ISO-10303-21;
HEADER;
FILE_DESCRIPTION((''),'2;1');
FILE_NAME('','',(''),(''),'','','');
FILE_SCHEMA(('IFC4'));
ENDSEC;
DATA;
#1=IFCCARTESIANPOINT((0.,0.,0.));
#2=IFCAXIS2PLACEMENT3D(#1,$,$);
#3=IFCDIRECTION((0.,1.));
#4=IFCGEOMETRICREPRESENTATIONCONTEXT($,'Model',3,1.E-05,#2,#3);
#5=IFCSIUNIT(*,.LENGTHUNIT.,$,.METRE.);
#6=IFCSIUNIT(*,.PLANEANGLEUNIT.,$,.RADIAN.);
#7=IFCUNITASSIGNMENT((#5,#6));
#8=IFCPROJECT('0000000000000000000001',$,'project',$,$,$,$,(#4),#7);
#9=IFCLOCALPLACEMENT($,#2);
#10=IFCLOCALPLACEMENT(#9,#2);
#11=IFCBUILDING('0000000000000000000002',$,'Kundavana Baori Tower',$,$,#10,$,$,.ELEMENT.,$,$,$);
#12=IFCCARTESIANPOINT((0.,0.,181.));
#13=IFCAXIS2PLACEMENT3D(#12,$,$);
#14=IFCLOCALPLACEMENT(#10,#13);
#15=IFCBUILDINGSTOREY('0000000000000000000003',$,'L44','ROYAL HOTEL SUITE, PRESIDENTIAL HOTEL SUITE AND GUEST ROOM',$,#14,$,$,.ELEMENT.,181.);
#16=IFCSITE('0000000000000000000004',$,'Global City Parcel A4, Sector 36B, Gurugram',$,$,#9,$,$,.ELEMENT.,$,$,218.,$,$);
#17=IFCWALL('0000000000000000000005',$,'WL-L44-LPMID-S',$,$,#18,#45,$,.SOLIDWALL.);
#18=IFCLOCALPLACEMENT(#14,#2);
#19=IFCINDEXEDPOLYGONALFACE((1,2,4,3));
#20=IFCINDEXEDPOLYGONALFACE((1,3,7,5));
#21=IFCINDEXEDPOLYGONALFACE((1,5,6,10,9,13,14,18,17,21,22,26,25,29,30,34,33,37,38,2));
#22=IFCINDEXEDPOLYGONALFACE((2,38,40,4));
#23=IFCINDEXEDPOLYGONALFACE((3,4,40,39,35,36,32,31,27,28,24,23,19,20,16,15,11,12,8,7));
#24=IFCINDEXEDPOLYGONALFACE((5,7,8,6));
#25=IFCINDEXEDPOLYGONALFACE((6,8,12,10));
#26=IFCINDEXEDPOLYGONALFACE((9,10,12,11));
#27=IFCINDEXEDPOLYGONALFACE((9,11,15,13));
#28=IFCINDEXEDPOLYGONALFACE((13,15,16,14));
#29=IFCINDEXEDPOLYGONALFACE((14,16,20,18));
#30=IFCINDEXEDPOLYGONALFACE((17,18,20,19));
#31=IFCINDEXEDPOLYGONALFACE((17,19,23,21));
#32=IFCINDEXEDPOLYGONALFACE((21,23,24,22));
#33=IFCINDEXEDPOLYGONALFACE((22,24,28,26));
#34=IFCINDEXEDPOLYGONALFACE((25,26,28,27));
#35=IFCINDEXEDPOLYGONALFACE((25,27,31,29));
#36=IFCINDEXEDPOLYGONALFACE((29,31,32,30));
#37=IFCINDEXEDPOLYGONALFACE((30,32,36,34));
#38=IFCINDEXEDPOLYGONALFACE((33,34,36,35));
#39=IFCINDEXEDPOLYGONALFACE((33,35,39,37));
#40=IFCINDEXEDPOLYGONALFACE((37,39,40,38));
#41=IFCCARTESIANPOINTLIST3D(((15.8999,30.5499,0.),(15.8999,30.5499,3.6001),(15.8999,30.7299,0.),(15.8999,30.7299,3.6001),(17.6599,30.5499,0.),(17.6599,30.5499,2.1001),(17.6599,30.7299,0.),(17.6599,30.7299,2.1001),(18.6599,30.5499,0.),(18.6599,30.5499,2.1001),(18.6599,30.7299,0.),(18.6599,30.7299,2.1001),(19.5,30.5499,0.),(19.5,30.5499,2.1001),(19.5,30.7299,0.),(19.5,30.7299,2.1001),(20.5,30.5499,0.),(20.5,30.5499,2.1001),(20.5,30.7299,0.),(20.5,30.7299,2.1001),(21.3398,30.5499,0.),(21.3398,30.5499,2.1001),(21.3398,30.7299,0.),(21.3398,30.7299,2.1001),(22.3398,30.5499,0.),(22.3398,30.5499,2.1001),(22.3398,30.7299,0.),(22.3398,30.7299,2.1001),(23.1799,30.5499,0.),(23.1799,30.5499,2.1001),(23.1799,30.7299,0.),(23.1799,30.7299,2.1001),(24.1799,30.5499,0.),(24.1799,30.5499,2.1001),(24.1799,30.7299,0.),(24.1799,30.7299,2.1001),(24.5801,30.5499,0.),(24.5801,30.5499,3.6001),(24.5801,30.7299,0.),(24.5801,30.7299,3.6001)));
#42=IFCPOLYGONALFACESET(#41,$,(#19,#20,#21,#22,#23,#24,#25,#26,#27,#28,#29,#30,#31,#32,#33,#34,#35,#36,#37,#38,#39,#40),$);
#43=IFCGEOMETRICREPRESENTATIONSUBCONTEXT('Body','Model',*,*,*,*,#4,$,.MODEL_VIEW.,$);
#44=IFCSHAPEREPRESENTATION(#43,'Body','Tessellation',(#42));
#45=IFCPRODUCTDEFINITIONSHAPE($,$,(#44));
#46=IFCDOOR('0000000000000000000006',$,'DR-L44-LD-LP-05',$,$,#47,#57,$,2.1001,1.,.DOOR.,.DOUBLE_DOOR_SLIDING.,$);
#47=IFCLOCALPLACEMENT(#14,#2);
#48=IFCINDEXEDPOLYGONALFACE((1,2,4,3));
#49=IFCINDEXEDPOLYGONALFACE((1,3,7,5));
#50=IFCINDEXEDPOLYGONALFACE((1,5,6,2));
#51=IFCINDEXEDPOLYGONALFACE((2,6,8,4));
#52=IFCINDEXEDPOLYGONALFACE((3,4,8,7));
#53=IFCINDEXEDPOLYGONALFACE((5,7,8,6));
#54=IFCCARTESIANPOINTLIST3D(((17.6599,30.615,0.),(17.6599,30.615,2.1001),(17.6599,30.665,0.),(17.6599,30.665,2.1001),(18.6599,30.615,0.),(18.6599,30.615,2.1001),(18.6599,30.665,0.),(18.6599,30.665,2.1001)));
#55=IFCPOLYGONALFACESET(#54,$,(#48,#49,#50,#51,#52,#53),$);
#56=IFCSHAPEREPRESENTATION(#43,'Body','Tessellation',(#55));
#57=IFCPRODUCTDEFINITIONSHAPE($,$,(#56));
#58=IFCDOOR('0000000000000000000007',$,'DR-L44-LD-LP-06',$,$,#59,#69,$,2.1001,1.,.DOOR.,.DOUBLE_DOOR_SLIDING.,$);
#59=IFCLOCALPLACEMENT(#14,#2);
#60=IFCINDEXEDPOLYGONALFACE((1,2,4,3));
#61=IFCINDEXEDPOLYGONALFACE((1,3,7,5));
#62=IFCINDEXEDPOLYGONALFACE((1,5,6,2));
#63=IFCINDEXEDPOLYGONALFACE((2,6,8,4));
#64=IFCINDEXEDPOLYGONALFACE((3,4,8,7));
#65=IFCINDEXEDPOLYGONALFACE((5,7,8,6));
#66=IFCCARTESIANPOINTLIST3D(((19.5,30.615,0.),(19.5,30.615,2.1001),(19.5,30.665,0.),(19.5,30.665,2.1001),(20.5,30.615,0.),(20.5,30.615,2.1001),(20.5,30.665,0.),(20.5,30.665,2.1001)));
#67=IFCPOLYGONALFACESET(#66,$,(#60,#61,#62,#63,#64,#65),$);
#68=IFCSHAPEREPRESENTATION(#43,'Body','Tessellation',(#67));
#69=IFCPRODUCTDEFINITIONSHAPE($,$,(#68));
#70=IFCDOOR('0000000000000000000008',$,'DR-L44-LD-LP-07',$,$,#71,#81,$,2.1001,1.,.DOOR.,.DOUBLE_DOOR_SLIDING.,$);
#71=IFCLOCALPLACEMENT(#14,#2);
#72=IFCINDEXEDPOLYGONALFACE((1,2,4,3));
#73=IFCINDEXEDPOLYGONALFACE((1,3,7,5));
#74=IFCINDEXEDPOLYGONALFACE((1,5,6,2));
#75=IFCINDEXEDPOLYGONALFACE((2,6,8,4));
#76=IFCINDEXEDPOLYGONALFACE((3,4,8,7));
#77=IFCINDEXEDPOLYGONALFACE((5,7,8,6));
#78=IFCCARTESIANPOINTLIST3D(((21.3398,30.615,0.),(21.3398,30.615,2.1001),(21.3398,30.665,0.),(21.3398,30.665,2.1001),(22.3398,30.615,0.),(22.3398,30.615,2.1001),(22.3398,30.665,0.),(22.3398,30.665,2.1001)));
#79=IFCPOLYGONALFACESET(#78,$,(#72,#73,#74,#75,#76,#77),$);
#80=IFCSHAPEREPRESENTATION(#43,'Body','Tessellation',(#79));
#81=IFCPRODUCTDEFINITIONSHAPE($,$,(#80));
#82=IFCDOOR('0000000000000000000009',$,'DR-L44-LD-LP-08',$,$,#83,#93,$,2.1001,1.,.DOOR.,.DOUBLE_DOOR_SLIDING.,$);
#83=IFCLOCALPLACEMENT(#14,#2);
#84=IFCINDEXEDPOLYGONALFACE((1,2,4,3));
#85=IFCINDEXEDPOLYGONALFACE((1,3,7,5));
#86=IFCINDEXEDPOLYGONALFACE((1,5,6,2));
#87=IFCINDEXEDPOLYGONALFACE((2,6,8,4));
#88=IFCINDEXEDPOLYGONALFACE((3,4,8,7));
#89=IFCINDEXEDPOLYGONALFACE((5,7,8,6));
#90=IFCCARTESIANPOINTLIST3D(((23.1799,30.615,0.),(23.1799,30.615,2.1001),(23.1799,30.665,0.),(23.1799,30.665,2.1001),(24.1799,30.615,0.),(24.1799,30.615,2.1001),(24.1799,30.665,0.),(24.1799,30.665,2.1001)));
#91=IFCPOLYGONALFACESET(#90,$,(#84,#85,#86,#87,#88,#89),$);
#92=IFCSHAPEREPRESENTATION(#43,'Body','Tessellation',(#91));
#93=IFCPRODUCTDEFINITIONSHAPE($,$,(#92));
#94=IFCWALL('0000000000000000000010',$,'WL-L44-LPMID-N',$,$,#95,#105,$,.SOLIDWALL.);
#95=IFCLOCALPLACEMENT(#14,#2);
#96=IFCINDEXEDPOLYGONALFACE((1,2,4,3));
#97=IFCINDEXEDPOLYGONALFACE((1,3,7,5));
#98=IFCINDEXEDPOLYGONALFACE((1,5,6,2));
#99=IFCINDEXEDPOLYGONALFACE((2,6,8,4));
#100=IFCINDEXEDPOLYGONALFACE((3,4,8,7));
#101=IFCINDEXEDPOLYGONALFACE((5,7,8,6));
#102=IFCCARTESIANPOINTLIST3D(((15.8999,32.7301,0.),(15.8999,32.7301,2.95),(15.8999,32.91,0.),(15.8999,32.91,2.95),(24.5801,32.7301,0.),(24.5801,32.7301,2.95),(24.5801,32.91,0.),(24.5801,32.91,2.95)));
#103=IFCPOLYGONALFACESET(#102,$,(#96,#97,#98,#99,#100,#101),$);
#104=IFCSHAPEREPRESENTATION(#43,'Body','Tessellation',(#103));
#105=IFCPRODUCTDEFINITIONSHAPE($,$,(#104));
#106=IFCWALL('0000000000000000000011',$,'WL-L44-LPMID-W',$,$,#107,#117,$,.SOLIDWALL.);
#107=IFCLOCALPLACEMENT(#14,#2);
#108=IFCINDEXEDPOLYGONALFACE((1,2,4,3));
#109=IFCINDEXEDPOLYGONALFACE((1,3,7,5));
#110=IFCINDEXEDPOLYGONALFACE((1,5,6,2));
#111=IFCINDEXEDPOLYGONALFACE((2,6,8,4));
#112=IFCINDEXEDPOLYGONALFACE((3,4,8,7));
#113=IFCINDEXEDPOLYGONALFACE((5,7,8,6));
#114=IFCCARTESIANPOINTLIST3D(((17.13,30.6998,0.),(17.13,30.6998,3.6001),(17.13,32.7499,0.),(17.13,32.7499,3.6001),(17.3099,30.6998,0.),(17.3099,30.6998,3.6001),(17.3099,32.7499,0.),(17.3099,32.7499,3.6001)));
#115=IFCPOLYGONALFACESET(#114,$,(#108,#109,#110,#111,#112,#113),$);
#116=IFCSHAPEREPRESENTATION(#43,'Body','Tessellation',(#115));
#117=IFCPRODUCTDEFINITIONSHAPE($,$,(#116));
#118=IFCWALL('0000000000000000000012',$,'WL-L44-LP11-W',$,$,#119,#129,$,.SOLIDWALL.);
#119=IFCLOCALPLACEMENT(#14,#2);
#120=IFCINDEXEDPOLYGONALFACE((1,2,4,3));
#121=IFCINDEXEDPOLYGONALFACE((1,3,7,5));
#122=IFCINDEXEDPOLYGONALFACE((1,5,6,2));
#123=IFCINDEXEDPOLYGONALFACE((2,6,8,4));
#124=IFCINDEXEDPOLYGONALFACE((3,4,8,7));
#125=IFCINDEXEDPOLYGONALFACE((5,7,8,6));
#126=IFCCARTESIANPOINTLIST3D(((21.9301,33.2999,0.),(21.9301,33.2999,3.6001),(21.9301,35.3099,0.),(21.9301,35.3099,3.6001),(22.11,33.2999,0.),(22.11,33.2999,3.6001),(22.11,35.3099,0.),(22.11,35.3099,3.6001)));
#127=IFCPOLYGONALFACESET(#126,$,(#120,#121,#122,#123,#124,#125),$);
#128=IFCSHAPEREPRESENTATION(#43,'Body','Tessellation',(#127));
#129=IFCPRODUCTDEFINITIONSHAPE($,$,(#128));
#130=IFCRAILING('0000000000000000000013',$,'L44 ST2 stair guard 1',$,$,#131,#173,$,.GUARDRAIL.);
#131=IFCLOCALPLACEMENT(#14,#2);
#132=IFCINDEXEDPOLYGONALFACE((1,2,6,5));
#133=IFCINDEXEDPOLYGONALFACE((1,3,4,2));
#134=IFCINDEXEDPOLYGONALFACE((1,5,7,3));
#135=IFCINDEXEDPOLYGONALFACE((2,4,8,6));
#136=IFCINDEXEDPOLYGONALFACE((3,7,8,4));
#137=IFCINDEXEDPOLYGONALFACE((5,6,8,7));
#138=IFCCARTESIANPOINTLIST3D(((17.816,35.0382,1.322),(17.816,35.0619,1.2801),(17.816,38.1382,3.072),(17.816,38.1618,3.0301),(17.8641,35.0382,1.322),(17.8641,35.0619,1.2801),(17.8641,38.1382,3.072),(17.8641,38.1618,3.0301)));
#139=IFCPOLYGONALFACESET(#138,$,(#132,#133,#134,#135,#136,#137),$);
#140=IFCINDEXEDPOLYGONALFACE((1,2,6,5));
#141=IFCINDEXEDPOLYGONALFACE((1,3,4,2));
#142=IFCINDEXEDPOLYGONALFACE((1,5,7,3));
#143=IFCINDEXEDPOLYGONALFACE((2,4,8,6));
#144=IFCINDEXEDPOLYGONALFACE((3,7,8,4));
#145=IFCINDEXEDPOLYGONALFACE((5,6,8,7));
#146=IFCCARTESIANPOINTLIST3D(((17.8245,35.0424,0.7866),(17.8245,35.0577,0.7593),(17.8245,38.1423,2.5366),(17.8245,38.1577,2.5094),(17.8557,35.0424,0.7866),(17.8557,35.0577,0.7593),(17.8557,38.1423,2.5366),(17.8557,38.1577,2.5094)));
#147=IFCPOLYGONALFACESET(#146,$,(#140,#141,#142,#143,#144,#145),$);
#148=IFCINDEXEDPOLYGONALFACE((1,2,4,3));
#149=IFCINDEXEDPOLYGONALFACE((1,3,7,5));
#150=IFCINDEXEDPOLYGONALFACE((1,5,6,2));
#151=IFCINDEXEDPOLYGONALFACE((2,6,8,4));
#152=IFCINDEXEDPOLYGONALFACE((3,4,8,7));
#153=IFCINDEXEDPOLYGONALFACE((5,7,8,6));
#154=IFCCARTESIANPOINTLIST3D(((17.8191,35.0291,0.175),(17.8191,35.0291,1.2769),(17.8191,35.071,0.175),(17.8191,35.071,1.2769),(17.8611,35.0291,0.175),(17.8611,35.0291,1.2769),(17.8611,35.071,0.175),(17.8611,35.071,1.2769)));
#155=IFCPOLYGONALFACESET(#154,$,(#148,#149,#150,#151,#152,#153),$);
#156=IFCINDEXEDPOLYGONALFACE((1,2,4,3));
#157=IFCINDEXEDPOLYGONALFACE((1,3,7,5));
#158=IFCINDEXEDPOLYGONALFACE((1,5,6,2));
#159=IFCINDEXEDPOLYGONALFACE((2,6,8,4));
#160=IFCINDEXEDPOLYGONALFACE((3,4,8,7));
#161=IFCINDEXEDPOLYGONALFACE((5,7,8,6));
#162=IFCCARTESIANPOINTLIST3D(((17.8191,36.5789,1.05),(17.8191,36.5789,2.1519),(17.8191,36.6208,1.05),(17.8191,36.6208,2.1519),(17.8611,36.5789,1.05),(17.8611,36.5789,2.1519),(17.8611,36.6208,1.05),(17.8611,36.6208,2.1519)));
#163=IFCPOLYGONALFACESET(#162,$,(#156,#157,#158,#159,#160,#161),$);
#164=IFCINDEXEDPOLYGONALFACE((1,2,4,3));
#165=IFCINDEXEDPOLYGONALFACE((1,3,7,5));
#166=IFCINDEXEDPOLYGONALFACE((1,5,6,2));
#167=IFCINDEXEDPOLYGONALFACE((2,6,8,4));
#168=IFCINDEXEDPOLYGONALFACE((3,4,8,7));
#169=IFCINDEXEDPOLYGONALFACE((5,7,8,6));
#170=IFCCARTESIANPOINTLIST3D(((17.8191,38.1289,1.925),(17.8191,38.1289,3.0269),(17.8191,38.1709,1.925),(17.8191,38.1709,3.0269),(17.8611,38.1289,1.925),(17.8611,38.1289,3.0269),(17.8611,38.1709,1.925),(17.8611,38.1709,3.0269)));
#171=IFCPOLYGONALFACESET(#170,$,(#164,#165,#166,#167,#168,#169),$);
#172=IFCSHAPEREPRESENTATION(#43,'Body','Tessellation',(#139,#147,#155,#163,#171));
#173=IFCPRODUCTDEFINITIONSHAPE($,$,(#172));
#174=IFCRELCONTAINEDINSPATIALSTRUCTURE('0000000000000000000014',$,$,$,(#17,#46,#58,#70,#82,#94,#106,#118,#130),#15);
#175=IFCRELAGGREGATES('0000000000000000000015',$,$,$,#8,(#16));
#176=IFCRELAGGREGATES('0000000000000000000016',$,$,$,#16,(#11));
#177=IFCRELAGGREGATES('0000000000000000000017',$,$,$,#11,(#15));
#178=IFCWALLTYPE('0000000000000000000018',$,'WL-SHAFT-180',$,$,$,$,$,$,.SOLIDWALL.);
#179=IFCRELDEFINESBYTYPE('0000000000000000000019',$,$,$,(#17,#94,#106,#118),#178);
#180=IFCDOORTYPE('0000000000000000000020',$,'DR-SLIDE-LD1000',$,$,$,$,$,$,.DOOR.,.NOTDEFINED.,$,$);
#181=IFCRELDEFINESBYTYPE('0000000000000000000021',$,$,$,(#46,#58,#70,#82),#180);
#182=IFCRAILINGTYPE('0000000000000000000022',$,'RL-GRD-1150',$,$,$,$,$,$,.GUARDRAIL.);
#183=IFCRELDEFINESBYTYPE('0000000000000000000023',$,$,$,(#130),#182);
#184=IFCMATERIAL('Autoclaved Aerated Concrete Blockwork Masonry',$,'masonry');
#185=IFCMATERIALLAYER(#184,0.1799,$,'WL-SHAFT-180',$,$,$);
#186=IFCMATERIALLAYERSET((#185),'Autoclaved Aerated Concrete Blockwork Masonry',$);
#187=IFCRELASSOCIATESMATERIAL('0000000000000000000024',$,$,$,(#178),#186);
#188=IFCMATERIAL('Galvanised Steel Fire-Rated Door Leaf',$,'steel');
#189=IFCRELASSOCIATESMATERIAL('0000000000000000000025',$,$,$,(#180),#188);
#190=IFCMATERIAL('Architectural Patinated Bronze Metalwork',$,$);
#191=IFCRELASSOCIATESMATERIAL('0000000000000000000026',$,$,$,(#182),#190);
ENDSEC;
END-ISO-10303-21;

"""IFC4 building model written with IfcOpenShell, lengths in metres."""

from ifc_helpers import new_model, si_unit, direction, frame, frame_2d, origin, origin_2d, place, context, subcontext, project, spatial, rectangle, extrude, material, layer, layer_set, type_object, element, fill, save


model = new_model("IFC4")

# Units and contexts
model_context = context("Model", 3, precision=1e-05, world=origin(), true_north=direction((0.0, 1.0)))
body_context = subcontext(model_context, "Body", "Model", "MODEL_VIEW")
ifc_project = project(units=[si_unit("LENGTHUNIT", "METRE"), si_unit("PLANEANGLEUNIT", "RADIAN")], contexts=[model_context])

# Site, building, storey
site_placement = place(None, origin())
site = spatial("IfcSite", under=ifc_project, at=site_placement, Name="Global City Parcel A4, Sector 36B, Gurugram", CompositionType="ELEMENT", RefElevation=218.0)
building_placement = place(site_placement, origin())
building = spatial("IfcBuilding", under=site, at=building_placement, Name="Kundavana Baori Tower", CompositionType="ELEMENT")
storey_placement = place(building_placement, frame((0.0, 0.0, 181.0)))
storey = spatial("IfcBuildingStorey", under=building, at=storey_placement, Name="L44", Description="ROYAL HOTEL SUITE, PRESIDENTIAL HOTEL SUITE AND GUEST ROOM", CompositionType="ELEMENT", Elevation=181.0)

# Shared definitions
ifc_material_1 = material(Name="Autoclaved Aerated Concrete Blockwork Masonry", Category="masonry")
ifc_layer_1 = layer(ifc_material_1, 0.1799, Name="WL-SHAFT-180")
ifc_layer_set_1 = layer_set([ifc_layer_1], Name="Autoclaved Aerated Concrete Blockwork Masonry")
wall_type_1 = type_object("IfcWallType", Name="WL-SHAFT-180", PredefinedType="SOLIDWALL", material=ifc_layer_set_1)

# Wall, openings, doors
wall_1_placement = place(storey_placement, frame((15.8999, 30.6399, 0.0), z_axis=(0.0, 0.0, 1.0), x_axis=(1.0, 0.0, 0.0)))
wall_1 = element("IfcWall", 1, at=wall_1_placement, inside=storey, type_object=wall_type_1, Name="WL-L44-LPMID-S", PredefinedType="SOLIDWALL", context=body_context, shape_type="SweptSolid", body=[
    extrude(rectangle(XDim=8.6802, YDim=0.1799, at=frame_2d((4.3401, 0.0))), origin(), (0.0, 0.0, 1.0), 3.6001),
])
opening_1_placement = place(wall_1_placement, frame((1.76, 0.0, 0.0)))
opening_1 = element("IfcOpeningElement", 2, at=opening_1_placement, cuts=wall_1, PredefinedType="OPENING", context=body_context, shape_type="SweptSolid", body=[
    extrude(rectangle(XDim=1.0, YDim=2.1001, at=frame_2d((0.5, 1.05))), frame((0.0, 0.1001, 0.0), z_axis=(0.0, -1.0, 0.0), x_axis=(1.0, 0.0, 0.0)), (0.0, 0.0, 1.0), 0.2),
])
opening_2_placement = place(wall_1_placement, frame((3.6001, 0.0, 0.0)))
opening_2 = element("IfcOpeningElement", 3, at=opening_2_placement, cuts=wall_1, PredefinedType="OPENING", context=body_context, shape_type="SweptSolid", body=[
    extrude(rectangle(XDim=1.0, YDim=2.1001, at=frame_2d((0.5, 1.05))), frame((0.0, 0.1001, 0.0), z_axis=(0.0, -1.0, 0.0), x_axis=(1.0, 0.0, 0.0)), (0.0, 0.0, 1.0), 0.2),
])
opening_3_placement = place(wall_1_placement, frame((5.4399, 0.0, 0.0)))
opening_3 = element("IfcOpeningElement", 4, at=opening_3_placement, cuts=wall_1, PredefinedType="OPENING", context=body_context, shape_type="SweptSolid", body=[
    extrude(rectangle(XDim=1.0, YDim=2.1001, at=frame_2d((0.5, 1.05))), frame((0.0, 0.1001, 0.0), z_axis=(0.0, -1.0, 0.0), x_axis=(1.0, 0.0, 0.0)), (0.0, 0.0, 1.0), 0.2),
])
opening_4_placement = place(wall_1_placement, frame((7.28, 0.0, 0.0)))
opening_4 = element("IfcOpeningElement", 5, at=opening_4_placement, cuts=wall_1, PredefinedType="OPENING", context=body_context, shape_type="SweptSolid", body=[
    extrude(rectangle(XDim=1.0, YDim=2.1001, at=frame_2d((0.5, 1.05))), frame((0.0, 0.1001, 0.0), z_axis=(0.0, -1.0, 0.0), x_axis=(1.0, 0.0, 0.0)), (0.0, 0.0, 1.0), 0.2),
])
ifc_material_2 = material(Name="Galvanised Steel Fire-Rated Door Leaf", Category="steel")
door_type_1 = type_object("IfcDoorType", Name="DR-SLIDE-LD1000", OperationType="NOTDEFINED", PredefinedType="DOOR", material=ifc_material_2)
door_1_placement = place(opening_1_placement, frame((1.0, 0.0, 0.0), z_axis=(0.0, 0.0, 1.0), x_axis=(-1.0, 0.0, 0.0)))
door_1 = element("IfcDoor", 6, at=door_1_placement, inside=storey, type_object=door_type_1, Name="DR-L44-LD-LP-05", OperationType="DOUBLE_DOOR_SLIDING", OverallHeight=2.1001, OverallWidth=1.0, PredefinedType="DOOR", context=body_context, shape_type="SweptSolid", body=[
    extrude(rectangle(XDim=1.0, YDim=2.1001, at=frame_2d((0.5, 1.05))), frame((0.0, 0.0249, 0.0), z_axis=(0.0, -1.0, 0.0), x_axis=(1.0, 0.0, 0.0)), (0.0, 0.0, 1.0), 0.05),
])
fill(opening_1, door_1)
door_2_placement = place(opening_2_placement, frame((1.0, 0.0, 0.0), z_axis=(0.0, 0.0, 1.0), x_axis=(-1.0, 0.0, 0.0)))
door_2 = element("IfcDoor", 7, at=door_2_placement, inside=storey, type_object=door_type_1, Name="DR-L44-LD-LP-06", OperationType="DOUBLE_DOOR_SLIDING", OverallHeight=2.1001, OverallWidth=1.0, PredefinedType="DOOR", context=body_context, shape_type="SweptSolid", body=[
    extrude(rectangle(XDim=1.0, YDim=2.1001, at=frame_2d((0.5, 1.05))), frame((0.0, 0.0249, 0.0), z_axis=(0.0, -1.0, 0.0), x_axis=(1.0, 0.0, 0.0)), (0.0, 0.0, 1.0), 0.05),
])
fill(opening_2, door_2)
door_3_placement = place(opening_3_placement, frame((1.0, 0.0, 0.0), z_axis=(0.0, 0.0, 1.0), x_axis=(-1.0, 0.0, 0.0)))
door_3 = element("IfcDoor", 8, at=door_3_placement, inside=storey, type_object=door_type_1, Name="DR-L44-LD-LP-07", OperationType="DOUBLE_DOOR_SLIDING", OverallHeight=2.1001, OverallWidth=1.0, PredefinedType="DOOR", context=body_context, shape_type="SweptSolid", body=[
    extrude(rectangle(XDim=1.0, YDim=2.1001, at=frame_2d((0.5, 1.05))), frame((0.0, 0.0249, 0.0), z_axis=(0.0, -1.0, 0.0), x_axis=(1.0, 0.0, 0.0)), (0.0, 0.0, 1.0), 0.05),
])
fill(opening_3, door_3)
door_4_placement = place(opening_4_placement, frame((1.0, 0.0, 0.0), z_axis=(0.0, 0.0, 1.0), x_axis=(-1.0, 0.0, 0.0)))
door_4 = element("IfcDoor", 9, at=door_4_placement, inside=storey, type_object=door_type_1, Name="DR-L44-LD-LP-08", OperationType="DOUBLE_DOOR_SLIDING", OverallHeight=2.1001, OverallWidth=1.0, PredefinedType="DOOR", context=body_context, shape_type="SweptSolid", body=[
    extrude(rectangle(XDim=1.0, YDim=2.1001, at=frame_2d((0.5, 1.05))), frame((0.0, 0.0249, 0.0), z_axis=(0.0, -1.0, 0.0), x_axis=(1.0, 0.0, 0.0)), (0.0, 0.0, 1.0), 0.05),
])
fill(opening_4, door_4)

# Walls
wall_2_placement = place(storey_placement, frame((15.8999, 32.8201, 0.0), z_axis=(0.0, 0.0, 1.0), x_axis=(1.0, 0.0, 0.0)))
element("IfcWall", 10, at=wall_2_placement, inside=storey, type_object=wall_type_1, Name="WL-L44-LPMID-N", PredefinedType="SOLIDWALL", context=body_context, shape_type="SweptSolid", body=[
    extrude(rectangle(XDim=8.6802, YDim=0.1799, at=frame_2d((4.3401, 0.0))), origin(), (0.0, 0.0, 1.0), 2.95),
])
wall_3_placement = place(storey_placement, frame((17.22, 30.7, 0.0), z_axis=(0.0, 0.0, 1.0), x_axis=(0.0, 1.0, 0.0)))
element("IfcWall", 11, at=wall_3_placement, inside=storey, type_object=wall_type_1, Name="WL-L44-LPMID-W", PredefinedType="SOLIDWALL", context=body_context, shape_type="SweptSolid", body=[
    extrude(rectangle(XDim=2.05, YDim=0.1799, at=frame_2d((1.0249, 0.0))), origin(), (0.0, 0.0, 1.0), 3.6001),
])
wall_4_placement = place(storey_placement, frame((22.02, 33.3, 0.0), z_axis=(0.0, 0.0, 1.0), x_axis=(0.0, 1.0, 0.0)))
element("IfcWall", 12, at=wall_4_placement, inside=storey, type_object=wall_type_1, Name="WL-L44-LP11-W", PredefinedType="SOLIDWALL", context=body_context, shape_type="SweptSolid", body=[
    extrude(rectangle(XDim=2.01, YDim=0.1799, at=frame_2d((1.0049, 0.0))), origin(), (0.0, 0.0, 1.0), 3.6001),
])

# Railing
ifc_material_3 = material(Name="Architectural Patinated Bronze Metalwork")
railing_type = type_object("IfcRailingType", Name="RL-GRD-1150", PredefinedType="GUARDRAIL", material=ifc_material_3)
railing_1_placement = place(storey_placement, frame((17.8401, 35.05, 0.175)))
element("IfcRailing", 13, at=railing_1_placement, inside=storey, type_object=railing_type, Name="L44 ST2 stair guard 1", PredefinedType="GUARDRAIL", context=body_context, shape_type="SweptSolid", body=[
    extrude(rectangle(XDim=0.0481, YDim=0.0481, at=origin_2d()), frame((0.0, 0.0, 1.126), z_axis=(0.0, 0.870814, 0.491612), x_axis=(-1.0, 0.0, 0.0)), (0.0, 0.0, 1.0), 3.5598),
    extrude(rectangle(XDim=0.0312, YDim=0.0312, at=origin_2d()), frame((0.0, 0.0, 0.5979), z_axis=(0.0, 0.870814, 0.491612), x_axis=(-1.0, 0.0, 0.0)), (0.0, 0.0, 1.0), 3.5598),
    extrude(rectangle(XDim=0.042, YDim=0.042, at=origin_2d()), origin(), (0.0, 0.0, 1.0), 1.1018),
    extrude(rectangle(XDim=0.042, YDim=0.042, at=origin_2d()), frame((0.0, 1.5498, 0.875)), (0.0, 0.0, 1.0), 1.1018),
    extrude(rectangle(XDim=0.042, YDim=0.042, at=origin_2d()), frame((0.0, 3.0999, 1.75)), (0.0, 0.0, 1.0), 1.1018),
])

save(model, "model.ifc")
